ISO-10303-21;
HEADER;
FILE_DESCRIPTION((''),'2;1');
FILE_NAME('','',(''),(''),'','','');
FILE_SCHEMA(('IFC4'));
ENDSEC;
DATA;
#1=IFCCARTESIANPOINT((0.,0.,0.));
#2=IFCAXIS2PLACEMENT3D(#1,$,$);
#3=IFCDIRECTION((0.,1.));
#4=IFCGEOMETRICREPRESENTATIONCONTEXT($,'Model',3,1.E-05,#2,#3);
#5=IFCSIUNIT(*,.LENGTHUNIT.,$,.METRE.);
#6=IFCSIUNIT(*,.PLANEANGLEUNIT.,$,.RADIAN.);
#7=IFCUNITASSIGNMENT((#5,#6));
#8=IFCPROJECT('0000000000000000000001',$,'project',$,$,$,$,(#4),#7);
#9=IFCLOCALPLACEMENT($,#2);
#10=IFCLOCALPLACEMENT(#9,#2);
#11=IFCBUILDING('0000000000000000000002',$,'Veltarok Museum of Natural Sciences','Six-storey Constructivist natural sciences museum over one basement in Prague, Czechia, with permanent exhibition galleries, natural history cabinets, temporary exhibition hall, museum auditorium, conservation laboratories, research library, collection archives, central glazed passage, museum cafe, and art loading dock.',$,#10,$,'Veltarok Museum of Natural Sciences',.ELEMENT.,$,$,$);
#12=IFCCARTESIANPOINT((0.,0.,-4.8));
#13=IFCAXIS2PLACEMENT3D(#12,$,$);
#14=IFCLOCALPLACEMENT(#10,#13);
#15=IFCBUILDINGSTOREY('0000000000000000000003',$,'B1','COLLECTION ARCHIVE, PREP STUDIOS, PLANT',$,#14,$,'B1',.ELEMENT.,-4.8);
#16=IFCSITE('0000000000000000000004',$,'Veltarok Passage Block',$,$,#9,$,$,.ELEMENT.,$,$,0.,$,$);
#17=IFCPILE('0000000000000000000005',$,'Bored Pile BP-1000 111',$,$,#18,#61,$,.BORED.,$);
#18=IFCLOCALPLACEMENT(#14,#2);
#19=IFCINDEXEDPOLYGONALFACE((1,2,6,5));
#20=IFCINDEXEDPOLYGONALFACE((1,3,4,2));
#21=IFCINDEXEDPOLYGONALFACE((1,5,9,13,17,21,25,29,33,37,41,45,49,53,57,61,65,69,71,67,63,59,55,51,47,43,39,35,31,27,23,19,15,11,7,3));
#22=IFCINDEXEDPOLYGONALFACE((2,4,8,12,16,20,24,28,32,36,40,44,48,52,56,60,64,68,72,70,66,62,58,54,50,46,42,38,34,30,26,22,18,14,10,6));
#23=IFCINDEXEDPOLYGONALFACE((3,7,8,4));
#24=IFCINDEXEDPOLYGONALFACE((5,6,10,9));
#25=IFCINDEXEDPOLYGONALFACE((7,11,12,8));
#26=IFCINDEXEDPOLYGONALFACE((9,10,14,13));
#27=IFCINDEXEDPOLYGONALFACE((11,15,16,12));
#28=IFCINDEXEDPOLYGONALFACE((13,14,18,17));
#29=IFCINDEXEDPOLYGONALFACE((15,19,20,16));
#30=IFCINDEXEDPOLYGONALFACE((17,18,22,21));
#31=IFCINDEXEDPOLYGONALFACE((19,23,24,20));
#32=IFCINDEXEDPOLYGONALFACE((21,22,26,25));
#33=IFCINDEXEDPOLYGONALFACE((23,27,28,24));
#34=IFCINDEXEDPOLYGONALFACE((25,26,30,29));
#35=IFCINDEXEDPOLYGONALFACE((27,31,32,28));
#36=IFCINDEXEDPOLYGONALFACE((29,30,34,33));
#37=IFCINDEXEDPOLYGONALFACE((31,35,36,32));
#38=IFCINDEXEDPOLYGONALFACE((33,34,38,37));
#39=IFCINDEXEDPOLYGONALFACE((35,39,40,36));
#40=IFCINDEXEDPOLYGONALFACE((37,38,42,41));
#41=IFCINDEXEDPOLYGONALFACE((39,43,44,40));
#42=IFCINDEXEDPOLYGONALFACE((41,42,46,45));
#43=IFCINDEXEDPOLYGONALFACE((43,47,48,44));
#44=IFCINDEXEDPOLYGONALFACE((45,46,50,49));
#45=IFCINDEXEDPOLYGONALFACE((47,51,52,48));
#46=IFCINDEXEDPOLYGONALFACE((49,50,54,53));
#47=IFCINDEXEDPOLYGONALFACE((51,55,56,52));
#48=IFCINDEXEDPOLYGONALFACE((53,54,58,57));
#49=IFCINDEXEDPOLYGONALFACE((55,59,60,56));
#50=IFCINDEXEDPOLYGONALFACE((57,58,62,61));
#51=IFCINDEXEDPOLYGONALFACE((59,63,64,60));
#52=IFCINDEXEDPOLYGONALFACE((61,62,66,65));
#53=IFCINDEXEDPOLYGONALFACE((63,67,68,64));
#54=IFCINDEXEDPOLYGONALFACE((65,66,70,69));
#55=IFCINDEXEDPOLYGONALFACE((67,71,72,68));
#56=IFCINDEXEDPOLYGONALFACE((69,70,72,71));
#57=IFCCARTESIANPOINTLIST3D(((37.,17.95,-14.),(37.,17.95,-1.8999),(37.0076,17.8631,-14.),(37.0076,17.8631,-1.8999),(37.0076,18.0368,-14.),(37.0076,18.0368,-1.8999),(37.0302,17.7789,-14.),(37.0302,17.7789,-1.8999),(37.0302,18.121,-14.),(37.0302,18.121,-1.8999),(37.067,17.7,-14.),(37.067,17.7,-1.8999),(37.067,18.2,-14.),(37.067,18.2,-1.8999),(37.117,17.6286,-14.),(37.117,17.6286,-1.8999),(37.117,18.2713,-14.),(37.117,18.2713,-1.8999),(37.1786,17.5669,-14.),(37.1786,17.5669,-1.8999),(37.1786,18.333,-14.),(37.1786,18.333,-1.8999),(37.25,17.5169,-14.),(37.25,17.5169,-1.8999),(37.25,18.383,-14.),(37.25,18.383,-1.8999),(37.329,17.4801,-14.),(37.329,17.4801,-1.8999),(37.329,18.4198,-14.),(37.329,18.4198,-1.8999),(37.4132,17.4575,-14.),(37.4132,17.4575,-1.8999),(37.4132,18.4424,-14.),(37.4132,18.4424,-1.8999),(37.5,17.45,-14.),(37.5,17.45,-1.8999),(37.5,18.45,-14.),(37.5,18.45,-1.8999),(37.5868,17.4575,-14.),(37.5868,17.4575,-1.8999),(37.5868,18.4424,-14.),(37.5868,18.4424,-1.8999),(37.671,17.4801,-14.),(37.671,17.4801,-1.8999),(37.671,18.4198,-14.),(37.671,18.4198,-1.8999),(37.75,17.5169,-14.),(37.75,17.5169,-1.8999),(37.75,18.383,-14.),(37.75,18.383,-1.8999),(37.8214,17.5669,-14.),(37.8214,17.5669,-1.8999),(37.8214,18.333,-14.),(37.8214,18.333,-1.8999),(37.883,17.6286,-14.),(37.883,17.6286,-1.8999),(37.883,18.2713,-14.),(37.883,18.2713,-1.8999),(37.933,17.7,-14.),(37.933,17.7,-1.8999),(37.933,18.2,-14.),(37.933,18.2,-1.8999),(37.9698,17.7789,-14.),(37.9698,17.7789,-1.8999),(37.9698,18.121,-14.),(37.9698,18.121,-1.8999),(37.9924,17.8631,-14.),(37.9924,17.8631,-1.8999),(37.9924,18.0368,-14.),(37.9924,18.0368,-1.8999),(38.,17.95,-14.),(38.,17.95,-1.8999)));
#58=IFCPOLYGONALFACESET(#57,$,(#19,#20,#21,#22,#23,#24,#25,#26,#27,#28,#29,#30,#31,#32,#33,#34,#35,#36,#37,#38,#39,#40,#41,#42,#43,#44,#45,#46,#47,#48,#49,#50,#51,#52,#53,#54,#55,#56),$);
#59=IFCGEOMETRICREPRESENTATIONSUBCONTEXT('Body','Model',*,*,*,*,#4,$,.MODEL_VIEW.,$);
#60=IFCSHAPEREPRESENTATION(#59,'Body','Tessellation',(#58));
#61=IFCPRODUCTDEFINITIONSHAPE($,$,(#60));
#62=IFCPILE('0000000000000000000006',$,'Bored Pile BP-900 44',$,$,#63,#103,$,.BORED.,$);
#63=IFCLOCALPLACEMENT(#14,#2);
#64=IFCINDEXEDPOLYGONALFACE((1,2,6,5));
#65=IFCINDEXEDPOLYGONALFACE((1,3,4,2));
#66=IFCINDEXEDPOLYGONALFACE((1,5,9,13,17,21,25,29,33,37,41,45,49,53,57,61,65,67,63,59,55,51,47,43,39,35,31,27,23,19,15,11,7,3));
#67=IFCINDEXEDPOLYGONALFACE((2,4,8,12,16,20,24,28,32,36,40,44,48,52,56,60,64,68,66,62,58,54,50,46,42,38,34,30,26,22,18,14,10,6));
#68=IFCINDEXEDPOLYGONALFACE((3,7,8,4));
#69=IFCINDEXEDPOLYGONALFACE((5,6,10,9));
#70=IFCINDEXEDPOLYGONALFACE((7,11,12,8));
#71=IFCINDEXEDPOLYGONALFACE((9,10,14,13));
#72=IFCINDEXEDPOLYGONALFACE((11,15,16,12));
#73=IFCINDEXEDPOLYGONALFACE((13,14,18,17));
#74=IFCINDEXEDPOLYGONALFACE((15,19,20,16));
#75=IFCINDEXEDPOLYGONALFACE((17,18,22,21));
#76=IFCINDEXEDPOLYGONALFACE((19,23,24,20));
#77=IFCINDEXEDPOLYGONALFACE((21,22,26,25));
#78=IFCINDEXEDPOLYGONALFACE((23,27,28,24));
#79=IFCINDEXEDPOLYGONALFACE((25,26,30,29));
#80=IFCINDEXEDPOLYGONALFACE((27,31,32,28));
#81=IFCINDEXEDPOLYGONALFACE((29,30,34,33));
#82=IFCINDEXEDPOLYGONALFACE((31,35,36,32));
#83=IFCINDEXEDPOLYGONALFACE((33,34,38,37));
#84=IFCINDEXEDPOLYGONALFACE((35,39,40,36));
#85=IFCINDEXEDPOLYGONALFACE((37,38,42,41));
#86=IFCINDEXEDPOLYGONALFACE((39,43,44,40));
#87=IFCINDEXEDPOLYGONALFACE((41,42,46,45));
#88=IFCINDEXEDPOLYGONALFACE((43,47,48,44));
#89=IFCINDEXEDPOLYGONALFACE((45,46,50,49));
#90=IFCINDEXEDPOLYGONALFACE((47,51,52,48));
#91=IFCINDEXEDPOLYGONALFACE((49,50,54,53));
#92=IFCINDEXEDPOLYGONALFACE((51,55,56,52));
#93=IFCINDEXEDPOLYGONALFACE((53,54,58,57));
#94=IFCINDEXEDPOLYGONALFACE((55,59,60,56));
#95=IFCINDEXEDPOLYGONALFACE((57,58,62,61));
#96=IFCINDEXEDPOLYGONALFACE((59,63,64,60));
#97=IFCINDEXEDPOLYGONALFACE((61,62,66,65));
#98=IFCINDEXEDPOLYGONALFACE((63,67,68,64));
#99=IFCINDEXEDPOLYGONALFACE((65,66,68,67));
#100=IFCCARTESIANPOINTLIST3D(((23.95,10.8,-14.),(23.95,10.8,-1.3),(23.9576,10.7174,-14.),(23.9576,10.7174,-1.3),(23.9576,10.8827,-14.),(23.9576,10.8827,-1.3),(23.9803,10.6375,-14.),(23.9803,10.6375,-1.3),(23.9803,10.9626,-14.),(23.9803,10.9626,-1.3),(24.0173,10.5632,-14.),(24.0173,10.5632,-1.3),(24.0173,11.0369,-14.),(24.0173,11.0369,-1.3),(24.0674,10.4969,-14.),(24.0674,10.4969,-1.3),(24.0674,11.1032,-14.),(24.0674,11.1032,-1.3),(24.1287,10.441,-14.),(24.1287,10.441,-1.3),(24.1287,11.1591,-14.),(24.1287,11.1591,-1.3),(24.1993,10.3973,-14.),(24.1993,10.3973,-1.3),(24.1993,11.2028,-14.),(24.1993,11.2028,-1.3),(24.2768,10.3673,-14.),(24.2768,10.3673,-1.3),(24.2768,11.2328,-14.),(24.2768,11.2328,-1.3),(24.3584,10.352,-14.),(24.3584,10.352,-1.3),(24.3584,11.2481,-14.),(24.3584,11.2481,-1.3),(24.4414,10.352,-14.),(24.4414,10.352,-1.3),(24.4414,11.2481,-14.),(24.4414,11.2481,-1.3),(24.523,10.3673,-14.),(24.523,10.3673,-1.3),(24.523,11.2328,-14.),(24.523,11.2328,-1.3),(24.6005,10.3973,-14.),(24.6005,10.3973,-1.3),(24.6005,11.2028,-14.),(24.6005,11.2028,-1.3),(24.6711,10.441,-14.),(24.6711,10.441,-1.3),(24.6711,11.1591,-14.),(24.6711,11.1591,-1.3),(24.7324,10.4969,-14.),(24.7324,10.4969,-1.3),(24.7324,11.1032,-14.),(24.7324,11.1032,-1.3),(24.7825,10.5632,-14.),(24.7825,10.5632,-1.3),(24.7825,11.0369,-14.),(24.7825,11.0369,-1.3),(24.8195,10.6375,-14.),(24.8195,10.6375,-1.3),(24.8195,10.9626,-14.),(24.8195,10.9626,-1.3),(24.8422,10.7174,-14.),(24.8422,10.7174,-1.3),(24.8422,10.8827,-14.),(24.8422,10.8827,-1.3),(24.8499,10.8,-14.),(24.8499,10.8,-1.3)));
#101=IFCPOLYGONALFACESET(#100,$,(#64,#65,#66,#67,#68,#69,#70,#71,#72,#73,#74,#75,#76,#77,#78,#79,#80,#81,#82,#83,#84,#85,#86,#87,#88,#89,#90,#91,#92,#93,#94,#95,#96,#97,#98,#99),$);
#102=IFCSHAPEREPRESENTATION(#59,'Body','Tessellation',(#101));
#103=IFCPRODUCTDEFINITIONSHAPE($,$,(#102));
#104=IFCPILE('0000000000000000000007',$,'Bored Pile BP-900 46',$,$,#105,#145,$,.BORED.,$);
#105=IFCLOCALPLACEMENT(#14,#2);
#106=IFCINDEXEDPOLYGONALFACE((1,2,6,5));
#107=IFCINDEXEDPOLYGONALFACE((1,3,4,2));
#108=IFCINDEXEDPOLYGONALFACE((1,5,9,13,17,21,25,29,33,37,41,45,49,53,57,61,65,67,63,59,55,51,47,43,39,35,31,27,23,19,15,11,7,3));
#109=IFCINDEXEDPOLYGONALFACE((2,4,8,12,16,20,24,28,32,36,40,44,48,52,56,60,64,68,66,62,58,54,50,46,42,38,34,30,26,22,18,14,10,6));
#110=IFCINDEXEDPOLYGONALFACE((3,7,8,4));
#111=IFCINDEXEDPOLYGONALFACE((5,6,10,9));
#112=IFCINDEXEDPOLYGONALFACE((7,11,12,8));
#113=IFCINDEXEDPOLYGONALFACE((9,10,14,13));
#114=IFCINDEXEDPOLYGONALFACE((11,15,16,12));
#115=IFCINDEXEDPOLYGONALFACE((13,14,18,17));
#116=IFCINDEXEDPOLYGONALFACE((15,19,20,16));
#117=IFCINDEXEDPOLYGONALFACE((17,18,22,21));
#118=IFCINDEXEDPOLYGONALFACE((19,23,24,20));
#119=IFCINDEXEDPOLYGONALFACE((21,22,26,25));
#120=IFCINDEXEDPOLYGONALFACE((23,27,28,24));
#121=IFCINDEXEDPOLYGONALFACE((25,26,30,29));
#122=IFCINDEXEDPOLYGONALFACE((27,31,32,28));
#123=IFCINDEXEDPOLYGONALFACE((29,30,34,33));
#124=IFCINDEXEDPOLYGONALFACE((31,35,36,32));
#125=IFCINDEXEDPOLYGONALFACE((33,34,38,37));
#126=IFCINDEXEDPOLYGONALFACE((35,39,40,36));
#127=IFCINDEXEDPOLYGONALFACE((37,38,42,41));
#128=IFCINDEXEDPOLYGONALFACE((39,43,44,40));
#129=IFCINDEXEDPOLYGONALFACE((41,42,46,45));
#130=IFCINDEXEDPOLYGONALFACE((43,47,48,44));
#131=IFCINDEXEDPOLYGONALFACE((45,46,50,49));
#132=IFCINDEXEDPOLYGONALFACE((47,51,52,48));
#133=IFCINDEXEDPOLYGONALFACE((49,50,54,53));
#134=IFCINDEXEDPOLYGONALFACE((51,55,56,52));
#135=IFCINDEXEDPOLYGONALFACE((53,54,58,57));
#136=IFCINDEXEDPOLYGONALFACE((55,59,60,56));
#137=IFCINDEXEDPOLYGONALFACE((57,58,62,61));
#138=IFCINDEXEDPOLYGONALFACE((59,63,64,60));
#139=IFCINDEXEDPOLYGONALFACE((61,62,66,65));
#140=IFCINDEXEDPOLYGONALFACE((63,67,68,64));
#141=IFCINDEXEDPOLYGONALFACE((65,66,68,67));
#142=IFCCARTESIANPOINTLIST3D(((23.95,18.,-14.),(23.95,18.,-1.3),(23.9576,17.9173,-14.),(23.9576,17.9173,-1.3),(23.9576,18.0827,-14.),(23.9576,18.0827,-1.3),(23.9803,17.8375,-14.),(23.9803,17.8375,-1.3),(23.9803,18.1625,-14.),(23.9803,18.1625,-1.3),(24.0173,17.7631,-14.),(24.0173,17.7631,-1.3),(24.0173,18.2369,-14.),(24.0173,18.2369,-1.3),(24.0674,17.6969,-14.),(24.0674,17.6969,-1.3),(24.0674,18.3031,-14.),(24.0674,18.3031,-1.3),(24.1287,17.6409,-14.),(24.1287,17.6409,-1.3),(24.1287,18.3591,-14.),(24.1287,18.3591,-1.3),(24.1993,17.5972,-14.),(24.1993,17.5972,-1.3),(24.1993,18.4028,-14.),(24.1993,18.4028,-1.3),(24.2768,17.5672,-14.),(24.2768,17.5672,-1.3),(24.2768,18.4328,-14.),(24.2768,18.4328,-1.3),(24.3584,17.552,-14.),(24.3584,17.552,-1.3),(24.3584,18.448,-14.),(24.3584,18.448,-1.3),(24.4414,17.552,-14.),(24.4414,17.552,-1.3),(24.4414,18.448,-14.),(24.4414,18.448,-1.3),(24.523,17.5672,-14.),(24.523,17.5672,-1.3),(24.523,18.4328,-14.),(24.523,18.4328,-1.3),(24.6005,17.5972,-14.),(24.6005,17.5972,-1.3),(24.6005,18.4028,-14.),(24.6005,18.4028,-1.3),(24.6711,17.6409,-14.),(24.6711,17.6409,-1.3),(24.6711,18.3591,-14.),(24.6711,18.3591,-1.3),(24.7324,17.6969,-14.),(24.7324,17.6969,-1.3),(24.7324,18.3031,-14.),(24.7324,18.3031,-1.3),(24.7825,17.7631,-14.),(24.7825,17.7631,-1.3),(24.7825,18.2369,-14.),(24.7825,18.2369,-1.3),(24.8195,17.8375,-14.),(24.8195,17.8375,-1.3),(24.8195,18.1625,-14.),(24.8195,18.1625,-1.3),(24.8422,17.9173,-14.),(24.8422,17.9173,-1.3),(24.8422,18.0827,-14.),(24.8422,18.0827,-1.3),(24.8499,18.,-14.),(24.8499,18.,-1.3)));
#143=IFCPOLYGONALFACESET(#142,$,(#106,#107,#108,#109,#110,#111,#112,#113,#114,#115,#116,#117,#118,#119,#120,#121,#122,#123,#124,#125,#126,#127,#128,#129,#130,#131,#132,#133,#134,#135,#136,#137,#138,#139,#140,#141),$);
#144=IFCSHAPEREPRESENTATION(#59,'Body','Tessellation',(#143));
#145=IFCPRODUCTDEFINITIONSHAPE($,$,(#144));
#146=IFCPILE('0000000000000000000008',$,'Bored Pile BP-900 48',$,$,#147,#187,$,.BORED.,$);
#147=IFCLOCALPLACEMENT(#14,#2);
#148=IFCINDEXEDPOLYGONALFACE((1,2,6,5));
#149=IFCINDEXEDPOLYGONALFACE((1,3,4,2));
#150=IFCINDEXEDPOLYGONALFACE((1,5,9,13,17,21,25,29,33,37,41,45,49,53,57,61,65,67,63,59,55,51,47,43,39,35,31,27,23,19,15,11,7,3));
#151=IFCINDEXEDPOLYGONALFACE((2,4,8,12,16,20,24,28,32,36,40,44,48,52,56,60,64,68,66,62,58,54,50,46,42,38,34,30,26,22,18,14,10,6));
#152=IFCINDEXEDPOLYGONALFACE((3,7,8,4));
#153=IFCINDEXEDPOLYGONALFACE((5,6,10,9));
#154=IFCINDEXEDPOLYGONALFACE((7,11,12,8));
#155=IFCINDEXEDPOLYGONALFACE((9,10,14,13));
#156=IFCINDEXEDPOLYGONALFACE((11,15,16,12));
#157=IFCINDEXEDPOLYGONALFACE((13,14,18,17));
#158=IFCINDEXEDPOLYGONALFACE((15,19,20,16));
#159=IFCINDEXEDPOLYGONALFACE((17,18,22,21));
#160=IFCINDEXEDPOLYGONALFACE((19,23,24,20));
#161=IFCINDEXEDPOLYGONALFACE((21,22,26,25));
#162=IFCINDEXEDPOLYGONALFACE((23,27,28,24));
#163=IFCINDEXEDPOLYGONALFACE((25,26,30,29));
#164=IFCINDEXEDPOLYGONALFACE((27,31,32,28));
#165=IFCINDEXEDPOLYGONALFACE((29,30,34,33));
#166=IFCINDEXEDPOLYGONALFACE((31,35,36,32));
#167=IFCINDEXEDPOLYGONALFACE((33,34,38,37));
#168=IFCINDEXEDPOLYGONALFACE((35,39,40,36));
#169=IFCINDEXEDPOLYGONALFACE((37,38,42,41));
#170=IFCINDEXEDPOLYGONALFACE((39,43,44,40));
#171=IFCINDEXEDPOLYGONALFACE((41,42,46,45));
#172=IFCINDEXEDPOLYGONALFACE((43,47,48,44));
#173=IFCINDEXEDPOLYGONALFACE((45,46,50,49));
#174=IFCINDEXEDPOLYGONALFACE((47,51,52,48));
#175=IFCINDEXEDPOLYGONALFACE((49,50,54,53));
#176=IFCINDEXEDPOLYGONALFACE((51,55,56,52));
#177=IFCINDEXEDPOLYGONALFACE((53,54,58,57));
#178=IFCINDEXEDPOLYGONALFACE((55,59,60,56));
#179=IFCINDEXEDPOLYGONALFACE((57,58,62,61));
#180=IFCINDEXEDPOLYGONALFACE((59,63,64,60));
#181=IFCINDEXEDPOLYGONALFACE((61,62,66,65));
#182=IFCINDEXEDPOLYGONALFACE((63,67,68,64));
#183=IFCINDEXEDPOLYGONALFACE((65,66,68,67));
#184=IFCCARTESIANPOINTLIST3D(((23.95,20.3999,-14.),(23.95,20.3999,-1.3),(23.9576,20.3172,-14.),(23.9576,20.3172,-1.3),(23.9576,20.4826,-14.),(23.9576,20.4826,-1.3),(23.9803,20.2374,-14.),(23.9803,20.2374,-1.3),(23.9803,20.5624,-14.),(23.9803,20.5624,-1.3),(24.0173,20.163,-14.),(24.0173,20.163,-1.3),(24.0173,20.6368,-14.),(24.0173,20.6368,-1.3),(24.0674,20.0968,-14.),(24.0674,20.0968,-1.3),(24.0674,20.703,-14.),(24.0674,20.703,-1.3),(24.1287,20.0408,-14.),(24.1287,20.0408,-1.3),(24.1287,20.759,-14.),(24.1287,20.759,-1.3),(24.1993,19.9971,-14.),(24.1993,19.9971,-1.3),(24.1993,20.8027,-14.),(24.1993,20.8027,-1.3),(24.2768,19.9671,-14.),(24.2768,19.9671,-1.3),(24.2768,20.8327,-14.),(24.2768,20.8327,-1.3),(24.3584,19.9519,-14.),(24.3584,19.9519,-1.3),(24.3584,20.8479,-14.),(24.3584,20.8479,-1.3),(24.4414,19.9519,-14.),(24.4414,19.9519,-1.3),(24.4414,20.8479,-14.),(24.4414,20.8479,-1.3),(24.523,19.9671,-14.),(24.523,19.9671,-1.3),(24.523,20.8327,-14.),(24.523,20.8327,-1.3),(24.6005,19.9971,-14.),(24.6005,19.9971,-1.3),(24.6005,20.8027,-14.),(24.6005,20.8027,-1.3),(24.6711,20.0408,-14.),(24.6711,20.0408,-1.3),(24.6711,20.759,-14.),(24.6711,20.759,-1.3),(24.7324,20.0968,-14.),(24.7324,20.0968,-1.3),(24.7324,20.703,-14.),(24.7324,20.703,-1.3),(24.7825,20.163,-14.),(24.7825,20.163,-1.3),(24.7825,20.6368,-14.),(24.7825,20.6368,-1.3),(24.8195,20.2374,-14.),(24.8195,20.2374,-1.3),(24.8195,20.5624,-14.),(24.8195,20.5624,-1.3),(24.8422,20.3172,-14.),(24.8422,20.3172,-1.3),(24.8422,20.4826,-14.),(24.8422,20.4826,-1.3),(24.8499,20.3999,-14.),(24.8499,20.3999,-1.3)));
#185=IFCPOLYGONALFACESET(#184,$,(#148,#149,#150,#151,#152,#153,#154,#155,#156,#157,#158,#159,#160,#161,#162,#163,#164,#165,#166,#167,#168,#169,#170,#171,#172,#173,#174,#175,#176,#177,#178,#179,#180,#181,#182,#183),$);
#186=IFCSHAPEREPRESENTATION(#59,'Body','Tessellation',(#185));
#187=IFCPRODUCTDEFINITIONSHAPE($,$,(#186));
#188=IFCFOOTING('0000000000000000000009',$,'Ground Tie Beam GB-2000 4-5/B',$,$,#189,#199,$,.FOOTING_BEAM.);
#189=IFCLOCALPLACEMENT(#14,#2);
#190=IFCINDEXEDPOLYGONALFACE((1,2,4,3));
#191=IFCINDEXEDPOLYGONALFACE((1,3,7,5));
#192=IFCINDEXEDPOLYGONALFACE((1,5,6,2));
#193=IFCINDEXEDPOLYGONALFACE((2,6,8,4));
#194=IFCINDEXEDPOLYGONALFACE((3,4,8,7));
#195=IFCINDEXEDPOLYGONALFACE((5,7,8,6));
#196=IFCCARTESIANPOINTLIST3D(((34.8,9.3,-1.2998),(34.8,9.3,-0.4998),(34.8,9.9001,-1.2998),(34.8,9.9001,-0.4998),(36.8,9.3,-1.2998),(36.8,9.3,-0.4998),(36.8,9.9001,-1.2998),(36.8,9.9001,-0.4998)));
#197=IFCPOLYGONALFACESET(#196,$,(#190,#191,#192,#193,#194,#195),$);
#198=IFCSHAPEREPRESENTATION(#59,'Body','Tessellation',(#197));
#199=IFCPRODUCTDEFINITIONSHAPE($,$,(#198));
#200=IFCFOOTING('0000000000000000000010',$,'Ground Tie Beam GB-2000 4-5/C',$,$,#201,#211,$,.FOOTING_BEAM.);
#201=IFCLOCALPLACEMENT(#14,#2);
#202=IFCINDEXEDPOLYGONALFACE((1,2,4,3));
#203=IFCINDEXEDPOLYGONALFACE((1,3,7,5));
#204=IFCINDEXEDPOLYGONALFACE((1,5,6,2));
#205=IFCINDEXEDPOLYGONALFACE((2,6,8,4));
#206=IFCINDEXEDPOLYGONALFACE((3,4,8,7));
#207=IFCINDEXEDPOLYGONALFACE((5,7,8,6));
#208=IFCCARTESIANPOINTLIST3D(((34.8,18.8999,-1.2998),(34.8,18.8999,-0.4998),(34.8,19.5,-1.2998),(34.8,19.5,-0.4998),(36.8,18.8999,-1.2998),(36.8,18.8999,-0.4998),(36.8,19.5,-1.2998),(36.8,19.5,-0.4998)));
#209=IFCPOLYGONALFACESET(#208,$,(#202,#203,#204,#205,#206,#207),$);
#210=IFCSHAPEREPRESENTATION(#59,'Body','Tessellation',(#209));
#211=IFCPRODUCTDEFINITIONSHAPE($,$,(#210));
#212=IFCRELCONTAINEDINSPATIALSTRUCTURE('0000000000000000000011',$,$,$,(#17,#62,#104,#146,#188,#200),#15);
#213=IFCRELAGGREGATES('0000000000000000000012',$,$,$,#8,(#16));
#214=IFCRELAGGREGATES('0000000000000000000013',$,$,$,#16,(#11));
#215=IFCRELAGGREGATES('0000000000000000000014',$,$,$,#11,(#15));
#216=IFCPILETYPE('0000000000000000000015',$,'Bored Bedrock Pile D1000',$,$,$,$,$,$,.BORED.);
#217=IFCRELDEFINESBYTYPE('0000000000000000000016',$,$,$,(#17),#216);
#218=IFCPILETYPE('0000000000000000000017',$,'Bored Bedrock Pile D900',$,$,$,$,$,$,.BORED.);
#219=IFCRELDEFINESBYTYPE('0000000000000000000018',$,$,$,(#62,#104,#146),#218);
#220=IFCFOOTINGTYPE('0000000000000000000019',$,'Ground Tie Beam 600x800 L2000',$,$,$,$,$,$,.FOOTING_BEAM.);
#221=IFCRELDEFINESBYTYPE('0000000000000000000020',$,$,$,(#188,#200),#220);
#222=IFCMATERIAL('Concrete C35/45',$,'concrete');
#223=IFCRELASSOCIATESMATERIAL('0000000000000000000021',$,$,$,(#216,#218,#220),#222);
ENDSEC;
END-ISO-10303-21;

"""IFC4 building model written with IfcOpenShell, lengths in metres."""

from ifc_helpers import new_model, si_unit, direction, frame, origin, origin_2d, place, context, subcontext, project, spatial, rectangle, circle, extrude, material, material_profile, profile_set, type_object, element, save


model = new_model("IFC4")

# Units and contexts
model_context = context("Model", 3, precision=1e-05, world=origin(), true_north=direction((0.0, 1.0)))
body_context = subcontext(model_context, "Body", "Model", "MODEL_VIEW")
ifc_project = project(units=[si_unit("LENGTHUNIT", "METRE"), si_unit("PLANEANGLEUNIT", "RADIAN")], contexts=[model_context])

# Site, building, storey
site_placement = place(None, origin())
site = spatial("IfcSite", under=ifc_project, at=site_placement, Name="Veltarok Passage Block", CompositionType="ELEMENT", RefElevation=0.0)
building_placement = place(site_placement, origin())
building = spatial("IfcBuilding", under=site, at=building_placement, Name="Veltarok Museum of Natural Sciences", Description="Six-storey Constructivist natural sciences museum over one basement in Prague, Czechia, with permanent exhibition galleries, natural history cabinets, temporary exhibition hall, museum auditorium, conservation laboratories, research library, collection archives, central glazed passage, museum cafe, and art loading dock.", LongName="Veltarok Museum of Natural Sciences", CompositionType="ELEMENT")
storey_placement = place(building_placement, frame((0.0, 0.0, -4.8)))
storey = spatial("IfcBuildingStorey", under=building, at=storey_placement, Name="B1", Description="COLLECTION ARCHIVE, PREP STUDIOS, PLANT", LongName="B1", CompositionType="ELEMENT", Elevation=-4.8)

# Piles
ifc_material_1 = material(Name="Concrete C35/45", Category="concrete")
ifc_material_profile_1 = material_profile(ifc_material_1, circle(Radius=0.5, at=origin_2d()), Name="BP D1000")
ifc_profile_set_1 = profile_set([ifc_material_profile_1], Name="Concrete C35/45")
pile_type_1 = type_object("IfcPileType", Name="Bored Bedrock Pile D1000", PredefinedType="BORED", material=ifc_profile_set_1)
for number, where, z_axis, x_axis, name in (
    (1, (37.5, 17.95, -1.8999), (0.0, 0.0, -1.0), (1.0, 0.0, 0.0), "Bored Pile BP-1000 111"),
):
    element("IfcPile", number, at=place(storey_placement, frame(where, z_axis=z_axis, x_axis=x_axis)), inside=storey, type_object=pile_type_1, Name=name, PredefinedType="BORED", context=body_context, shape_type="SweptSolid", body=[
        extrude(circle(Radius=0.5, at=origin_2d()), origin(), (0.0, 0.0, 1.0), 12.1001),
    ])
ifc_material_profile_2 = material_profile(ifc_material_1, circle(Radius=0.45, at=origin_2d()), Name="BP D900")
ifc_profile_set_2 = profile_set([ifc_material_profile_2], Name="Concrete C35/45")
pile_type_2 = type_object("IfcPileType", Name="Bored Bedrock Pile D900", PredefinedType="BORED", material=ifc_profile_set_2)
for number, where, z_axis, x_axis, name in (
    (2, (24.3999, 10.8, -1.3), (0.0, 0.0, -1.0), (1.0, 0.0, 0.0), "Bored Pile BP-900 44"),
    (3, (24.3999, 18.0, -1.3), (0.0, 0.0, -1.0), (1.0, 0.0, 0.0), "Bored Pile BP-900 46"),
    (4, (24.3999, 20.3999, -1.3), (0.0, 0.0, -1.0), (1.0, 0.0, 0.0), "Bored Pile BP-900 48"),
):
    element("IfcPile", number, at=place(storey_placement, frame(where, z_axis=z_axis, x_axis=x_axis)), inside=storey, type_object=pile_type_2, Name=name, PredefinedType="BORED", context=body_context, shape_type="SweptSolid", body=[
        extrude(circle(Radius=0.45, at=origin_2d()), origin(), (0.0, 0.0, 1.0), 12.7),
    ])

# Footings
footing_type_1 = type_object("IfcFootingType", Name="Ground Tie Beam 600x800 L2000", PredefinedType="FOOTING_BEAM", material=ifc_material_1)
for number, where, z_axis, x_axis, name in (
    (5, (35.8, 9.6001, -1.2998), (0.0, 0.0, 1.0), (1.0, 0.0, 0.0), "Ground Tie Beam GB-2000 4-5/B"),
    (6, (35.8, 19.2, -1.2998), (0.0, 0.0, 1.0), (1.0, 0.0, 0.0), "Ground Tie Beam GB-2000 4-5/C"),
):
    element("IfcFooting", number, at=place(storey_placement, frame(where, z_axis=z_axis, x_axis=x_axis)), inside=storey, type_object=footing_type_1, Name=name, PredefinedType="FOOTING_BEAM", context=body_context, shape_type="SweptSolid", body=[
        extrude(rectangle(XDim=2.0, YDim=0.6001, at=origin_2d()), origin(), (0.0, 0.0, 1.0), 0.8),
    ])

save(model, "model.ifc")
